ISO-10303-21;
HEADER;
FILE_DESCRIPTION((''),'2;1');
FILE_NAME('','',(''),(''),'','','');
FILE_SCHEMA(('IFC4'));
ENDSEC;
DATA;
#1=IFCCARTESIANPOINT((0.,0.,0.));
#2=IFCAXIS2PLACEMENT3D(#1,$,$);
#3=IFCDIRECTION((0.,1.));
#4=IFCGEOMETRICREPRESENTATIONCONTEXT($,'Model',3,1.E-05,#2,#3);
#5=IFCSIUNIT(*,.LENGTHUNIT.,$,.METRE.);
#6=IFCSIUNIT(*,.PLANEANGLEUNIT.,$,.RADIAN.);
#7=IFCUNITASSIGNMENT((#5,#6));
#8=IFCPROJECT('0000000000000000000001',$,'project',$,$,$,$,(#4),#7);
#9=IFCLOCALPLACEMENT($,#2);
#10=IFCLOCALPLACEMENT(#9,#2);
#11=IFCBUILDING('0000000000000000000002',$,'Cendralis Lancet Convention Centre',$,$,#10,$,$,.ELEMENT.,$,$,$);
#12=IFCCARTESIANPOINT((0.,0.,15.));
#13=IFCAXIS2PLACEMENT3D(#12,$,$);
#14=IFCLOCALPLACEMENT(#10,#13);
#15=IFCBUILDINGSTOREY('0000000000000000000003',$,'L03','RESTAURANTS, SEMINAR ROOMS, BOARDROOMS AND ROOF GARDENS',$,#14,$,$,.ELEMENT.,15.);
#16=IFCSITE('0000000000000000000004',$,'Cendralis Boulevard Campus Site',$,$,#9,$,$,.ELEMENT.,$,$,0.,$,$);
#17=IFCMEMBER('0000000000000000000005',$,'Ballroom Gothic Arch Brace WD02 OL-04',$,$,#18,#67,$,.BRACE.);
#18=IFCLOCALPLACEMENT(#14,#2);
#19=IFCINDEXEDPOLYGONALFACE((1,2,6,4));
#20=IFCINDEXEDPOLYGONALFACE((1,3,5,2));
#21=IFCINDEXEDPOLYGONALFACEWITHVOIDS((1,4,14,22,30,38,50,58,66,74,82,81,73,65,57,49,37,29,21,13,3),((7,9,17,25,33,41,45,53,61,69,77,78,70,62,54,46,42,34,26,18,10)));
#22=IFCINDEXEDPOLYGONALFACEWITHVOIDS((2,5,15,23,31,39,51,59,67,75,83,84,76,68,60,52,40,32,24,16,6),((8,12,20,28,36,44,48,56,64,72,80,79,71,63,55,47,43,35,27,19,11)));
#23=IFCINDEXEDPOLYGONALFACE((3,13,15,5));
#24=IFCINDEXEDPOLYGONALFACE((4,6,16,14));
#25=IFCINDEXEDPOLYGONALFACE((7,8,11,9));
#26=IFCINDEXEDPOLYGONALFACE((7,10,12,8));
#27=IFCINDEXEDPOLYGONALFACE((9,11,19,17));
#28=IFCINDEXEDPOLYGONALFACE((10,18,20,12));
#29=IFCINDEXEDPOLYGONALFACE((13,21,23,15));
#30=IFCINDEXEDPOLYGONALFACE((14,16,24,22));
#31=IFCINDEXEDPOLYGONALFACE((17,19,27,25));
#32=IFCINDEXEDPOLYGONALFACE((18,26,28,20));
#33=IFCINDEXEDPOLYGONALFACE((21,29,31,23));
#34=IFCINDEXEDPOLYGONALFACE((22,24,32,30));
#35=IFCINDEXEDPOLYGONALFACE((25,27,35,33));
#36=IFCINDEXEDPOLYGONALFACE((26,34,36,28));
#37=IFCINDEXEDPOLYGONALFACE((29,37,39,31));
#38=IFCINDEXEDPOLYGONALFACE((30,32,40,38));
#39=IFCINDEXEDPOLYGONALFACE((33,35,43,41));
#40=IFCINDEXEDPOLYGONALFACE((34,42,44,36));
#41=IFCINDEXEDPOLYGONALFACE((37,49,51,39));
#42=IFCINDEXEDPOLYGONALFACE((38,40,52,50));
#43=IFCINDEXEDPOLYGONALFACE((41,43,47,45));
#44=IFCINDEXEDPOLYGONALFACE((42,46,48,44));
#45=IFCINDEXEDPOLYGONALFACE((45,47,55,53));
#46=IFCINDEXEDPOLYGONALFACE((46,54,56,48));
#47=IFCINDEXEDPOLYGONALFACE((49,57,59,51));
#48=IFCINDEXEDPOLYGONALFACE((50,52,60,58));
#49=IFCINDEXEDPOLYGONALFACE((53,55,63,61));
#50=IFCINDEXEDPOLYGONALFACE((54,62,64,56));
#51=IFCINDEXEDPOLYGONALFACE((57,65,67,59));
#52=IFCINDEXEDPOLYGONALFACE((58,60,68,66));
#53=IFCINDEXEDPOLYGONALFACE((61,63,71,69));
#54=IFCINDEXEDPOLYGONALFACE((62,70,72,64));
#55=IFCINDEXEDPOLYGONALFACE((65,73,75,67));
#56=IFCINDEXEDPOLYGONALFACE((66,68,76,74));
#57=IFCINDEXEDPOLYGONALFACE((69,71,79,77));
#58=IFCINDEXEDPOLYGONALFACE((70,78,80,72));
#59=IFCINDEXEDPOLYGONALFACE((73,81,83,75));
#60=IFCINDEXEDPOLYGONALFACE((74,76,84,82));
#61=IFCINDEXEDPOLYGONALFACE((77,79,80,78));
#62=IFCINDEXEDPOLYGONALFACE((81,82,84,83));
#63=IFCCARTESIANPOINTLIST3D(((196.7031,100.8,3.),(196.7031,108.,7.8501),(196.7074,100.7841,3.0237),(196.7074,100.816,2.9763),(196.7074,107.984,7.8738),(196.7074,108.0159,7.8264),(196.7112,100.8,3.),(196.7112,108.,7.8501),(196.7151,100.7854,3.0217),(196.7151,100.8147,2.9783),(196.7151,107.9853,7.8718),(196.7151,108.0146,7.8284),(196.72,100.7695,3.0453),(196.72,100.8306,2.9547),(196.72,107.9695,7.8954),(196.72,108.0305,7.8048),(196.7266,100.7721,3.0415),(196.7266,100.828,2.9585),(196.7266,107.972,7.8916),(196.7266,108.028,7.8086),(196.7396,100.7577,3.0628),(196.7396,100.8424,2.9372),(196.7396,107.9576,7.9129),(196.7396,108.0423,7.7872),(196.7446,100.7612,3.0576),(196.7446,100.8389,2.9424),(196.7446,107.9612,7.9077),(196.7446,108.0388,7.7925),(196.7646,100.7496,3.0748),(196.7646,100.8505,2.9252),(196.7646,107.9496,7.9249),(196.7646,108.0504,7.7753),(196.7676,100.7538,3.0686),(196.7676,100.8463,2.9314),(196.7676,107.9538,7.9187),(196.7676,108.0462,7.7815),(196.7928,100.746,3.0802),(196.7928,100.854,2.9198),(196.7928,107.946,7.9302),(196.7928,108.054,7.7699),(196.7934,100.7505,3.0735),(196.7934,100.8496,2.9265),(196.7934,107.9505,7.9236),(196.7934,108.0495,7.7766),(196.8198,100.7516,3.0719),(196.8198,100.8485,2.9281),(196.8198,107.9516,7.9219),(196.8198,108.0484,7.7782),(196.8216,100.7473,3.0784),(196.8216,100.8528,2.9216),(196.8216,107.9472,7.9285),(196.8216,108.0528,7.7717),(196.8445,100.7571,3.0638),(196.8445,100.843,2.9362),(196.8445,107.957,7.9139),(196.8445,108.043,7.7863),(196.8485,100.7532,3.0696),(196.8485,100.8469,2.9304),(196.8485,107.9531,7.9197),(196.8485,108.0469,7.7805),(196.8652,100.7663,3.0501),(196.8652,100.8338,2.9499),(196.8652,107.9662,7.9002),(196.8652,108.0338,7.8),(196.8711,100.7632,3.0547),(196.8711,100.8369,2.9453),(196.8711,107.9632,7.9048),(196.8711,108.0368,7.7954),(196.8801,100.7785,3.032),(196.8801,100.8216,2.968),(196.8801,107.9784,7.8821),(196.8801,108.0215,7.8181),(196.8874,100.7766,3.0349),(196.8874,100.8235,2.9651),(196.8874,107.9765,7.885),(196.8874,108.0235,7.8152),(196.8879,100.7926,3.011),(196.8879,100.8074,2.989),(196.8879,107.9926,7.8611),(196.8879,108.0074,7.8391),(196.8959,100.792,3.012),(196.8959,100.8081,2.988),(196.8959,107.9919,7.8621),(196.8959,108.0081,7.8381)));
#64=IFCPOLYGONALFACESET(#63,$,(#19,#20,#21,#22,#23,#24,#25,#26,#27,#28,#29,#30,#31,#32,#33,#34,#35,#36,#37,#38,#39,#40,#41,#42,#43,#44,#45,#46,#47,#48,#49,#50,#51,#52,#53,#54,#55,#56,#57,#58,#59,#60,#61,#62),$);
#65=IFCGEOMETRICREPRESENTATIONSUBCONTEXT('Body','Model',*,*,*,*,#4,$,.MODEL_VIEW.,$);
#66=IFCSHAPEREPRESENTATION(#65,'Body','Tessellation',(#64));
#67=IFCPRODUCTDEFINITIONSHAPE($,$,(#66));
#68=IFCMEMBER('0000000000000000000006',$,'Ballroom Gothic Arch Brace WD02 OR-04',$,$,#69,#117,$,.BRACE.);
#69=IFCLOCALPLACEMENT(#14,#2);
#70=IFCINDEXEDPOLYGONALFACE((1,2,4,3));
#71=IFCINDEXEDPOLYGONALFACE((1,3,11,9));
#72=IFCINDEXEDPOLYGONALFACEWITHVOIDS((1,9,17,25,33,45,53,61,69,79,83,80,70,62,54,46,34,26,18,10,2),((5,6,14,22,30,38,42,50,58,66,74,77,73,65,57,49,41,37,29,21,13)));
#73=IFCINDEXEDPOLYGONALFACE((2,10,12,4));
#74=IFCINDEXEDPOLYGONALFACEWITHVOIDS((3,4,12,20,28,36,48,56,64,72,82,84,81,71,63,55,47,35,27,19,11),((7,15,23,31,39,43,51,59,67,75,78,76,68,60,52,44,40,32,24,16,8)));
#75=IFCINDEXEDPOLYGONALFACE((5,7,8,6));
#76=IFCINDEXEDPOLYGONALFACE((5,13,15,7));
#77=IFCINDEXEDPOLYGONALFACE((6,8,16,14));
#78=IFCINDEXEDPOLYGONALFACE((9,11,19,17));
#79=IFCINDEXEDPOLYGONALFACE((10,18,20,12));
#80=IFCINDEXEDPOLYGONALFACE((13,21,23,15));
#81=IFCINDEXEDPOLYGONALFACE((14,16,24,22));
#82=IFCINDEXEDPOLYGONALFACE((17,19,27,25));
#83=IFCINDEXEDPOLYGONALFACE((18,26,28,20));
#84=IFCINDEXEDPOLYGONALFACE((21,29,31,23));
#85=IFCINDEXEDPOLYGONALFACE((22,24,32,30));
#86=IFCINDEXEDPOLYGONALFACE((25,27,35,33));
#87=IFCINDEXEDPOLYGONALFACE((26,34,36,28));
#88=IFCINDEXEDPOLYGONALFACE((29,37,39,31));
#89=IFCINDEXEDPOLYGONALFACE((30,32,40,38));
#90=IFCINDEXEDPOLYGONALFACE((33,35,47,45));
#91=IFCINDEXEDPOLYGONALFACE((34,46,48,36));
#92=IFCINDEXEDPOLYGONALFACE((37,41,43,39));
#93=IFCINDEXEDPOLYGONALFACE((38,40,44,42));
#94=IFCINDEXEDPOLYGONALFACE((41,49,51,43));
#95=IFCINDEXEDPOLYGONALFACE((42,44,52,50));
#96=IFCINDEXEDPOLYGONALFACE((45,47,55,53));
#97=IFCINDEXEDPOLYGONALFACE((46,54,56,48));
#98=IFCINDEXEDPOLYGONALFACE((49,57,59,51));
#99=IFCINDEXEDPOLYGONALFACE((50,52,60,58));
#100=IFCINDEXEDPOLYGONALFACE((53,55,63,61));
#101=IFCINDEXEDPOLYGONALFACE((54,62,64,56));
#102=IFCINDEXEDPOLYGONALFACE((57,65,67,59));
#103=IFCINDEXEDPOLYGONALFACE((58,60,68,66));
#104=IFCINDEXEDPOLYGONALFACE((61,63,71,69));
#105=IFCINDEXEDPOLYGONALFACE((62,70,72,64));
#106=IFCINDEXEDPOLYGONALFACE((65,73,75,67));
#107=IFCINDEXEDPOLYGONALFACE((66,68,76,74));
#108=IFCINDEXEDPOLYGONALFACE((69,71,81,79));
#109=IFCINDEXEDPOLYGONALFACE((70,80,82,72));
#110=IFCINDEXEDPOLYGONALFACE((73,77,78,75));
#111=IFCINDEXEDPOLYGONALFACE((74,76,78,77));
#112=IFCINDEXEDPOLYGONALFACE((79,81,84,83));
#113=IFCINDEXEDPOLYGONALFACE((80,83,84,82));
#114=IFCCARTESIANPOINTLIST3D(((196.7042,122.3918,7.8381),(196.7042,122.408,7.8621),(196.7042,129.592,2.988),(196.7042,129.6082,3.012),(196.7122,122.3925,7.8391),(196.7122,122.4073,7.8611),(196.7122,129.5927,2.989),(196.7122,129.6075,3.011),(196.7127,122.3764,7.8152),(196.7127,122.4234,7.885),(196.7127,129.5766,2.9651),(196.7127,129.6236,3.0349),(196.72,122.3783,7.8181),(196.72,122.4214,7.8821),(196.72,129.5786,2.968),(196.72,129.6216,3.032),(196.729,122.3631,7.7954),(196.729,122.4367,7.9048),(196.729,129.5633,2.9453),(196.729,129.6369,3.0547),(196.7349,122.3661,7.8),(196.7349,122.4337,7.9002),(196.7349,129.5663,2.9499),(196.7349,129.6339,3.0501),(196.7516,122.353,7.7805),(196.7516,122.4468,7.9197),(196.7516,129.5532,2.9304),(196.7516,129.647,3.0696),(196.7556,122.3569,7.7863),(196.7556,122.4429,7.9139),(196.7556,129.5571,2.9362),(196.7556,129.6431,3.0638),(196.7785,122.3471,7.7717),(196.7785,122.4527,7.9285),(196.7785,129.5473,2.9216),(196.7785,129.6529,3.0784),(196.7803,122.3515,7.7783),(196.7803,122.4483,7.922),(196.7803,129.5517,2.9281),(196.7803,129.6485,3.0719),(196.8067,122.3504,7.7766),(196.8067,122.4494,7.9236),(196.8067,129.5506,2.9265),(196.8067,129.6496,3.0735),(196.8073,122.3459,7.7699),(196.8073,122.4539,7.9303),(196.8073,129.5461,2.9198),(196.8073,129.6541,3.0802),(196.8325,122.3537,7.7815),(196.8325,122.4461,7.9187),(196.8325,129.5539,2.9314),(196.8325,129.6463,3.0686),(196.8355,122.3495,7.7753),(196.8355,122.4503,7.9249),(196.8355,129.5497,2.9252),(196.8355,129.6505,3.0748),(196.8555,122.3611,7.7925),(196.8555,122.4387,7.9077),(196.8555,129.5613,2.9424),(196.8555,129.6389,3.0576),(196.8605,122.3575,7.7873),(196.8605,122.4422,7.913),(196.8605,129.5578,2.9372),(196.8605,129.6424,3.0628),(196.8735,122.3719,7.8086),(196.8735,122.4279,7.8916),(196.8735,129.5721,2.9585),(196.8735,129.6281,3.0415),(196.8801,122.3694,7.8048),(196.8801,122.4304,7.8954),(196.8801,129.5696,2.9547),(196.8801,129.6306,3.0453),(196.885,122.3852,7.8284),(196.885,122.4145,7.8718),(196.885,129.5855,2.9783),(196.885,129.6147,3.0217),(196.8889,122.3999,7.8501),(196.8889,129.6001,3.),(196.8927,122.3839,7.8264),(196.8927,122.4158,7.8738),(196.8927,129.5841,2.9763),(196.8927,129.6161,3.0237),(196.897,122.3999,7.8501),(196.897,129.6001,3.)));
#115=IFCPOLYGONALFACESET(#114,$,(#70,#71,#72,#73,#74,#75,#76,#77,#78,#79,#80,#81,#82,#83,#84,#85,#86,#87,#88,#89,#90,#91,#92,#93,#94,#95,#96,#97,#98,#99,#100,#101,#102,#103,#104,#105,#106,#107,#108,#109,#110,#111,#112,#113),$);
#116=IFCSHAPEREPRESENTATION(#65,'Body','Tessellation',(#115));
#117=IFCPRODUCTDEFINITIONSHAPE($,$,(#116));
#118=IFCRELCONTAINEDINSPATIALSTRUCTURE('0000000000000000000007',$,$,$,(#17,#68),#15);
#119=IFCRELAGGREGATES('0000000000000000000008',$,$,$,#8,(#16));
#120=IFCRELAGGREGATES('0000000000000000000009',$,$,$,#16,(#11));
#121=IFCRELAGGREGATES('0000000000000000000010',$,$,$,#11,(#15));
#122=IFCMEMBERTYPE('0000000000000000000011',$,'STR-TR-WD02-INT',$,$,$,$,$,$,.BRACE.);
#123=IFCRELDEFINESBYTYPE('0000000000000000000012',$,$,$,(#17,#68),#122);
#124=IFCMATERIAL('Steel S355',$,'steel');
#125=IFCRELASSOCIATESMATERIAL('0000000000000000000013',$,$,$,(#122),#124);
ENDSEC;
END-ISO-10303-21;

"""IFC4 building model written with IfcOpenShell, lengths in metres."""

from ifc_helpers import new_model, si_unit, direction, frame, origin, origin_2d, place, context, subcontext, project, spatial, hollow_circle, extrude, material, material_profile, profile_set, type_object, element, save


model = new_model("IFC4")

# Units and contexts
model_context = context("Model", 3, precision=1e-05, world=origin(), true_north=direction((0.0, 1.0)))
body_context = subcontext(model_context, "Body", "Model", "MODEL_VIEW")
ifc_project = project(units=[si_unit("LENGTHUNIT", "METRE"), si_unit("PLANEANGLEUNIT", "RADIAN")], contexts=[model_context])

# Site, building, storey
site_placement = place(None, origin())
site = spatial("IfcSite", under=ifc_project, at=site_placement, Name="Cendralis Boulevard Campus Site", CompositionType="ELEMENT", RefElevation=0.0)
building_placement = place(site_placement, origin())
building = spatial("IfcBuilding", under=site, at=building_placement, Name="Cendralis Lancet Convention Centre", CompositionType="ELEMENT")
storey_placement = place(building_placement, frame((0.0, 0.0, 15.0)))
storey = spatial("IfcBuildingStorey", under=building, at=storey_placement, Name="L03", Description="RESTAURANTS, SEMINAR ROOMS, BOARDROOMS AND ROOF GARDENS", CompositionType="ELEMENT", Elevation=15.0)

# Shared definitions
ifc_material = material(Name="Steel S355", Category="steel")

# Members
ifc_material_profile_1 = material_profile(ifc_material, hollow_circle(Radius=0.0969, WallThickness=0.0081, at=origin_2d()), Name="CHS 193.7x8.0")
ifc_profile_set_1 = profile_set([ifc_material_profile_1], Name="Steel S355")
member_type_1 = type_object("IfcMemberType", Name="STR-TR-WD02-INT", PredefinedType="BRACE", material=ifc_profile_set_1)
member_1_placement = place(storey_placement, frame((196.8, 100.8, 3.0), z_axis=(0.0, 0.829375, 0.558692), x_axis=(-1.0, 0.0, 0.0)))
element("IfcMember", 1, at=member_1_placement, inside=storey, type_object=member_type_1, Name="Ballroom Gothic Arch Brace WD02 OL-04", PredefinedType="BRACE", context=body_context, shape_type="SweptSolid", body=[
    extrude(hollow_circle(Radius=0.0969, WallThickness=0.0081, at=origin_2d()), origin(), (0.0, 0.0, 1.0), 8.6812),
])
member_2_placement = place(storey_placement, frame((196.8, 129.6001, 3.0), z_axis=(0.0, -0.829384, 0.558679), x_axis=(1.0, 0.0, 0.0)))
element("IfcMember", 2, at=member_2_placement, inside=storey, type_object=member_type_1, Name="Ballroom Gothic Arch Brace WD02 OR-04", PredefinedType="BRACE", context=body_context, shape_type="SweptSolid", body=[
    extrude(hollow_circle(Radius=0.0969, WallThickness=0.0081, at=origin_2d()), origin(), (0.0, 0.0, 1.0), 8.6814),
])

save(model, "model.ifc")
